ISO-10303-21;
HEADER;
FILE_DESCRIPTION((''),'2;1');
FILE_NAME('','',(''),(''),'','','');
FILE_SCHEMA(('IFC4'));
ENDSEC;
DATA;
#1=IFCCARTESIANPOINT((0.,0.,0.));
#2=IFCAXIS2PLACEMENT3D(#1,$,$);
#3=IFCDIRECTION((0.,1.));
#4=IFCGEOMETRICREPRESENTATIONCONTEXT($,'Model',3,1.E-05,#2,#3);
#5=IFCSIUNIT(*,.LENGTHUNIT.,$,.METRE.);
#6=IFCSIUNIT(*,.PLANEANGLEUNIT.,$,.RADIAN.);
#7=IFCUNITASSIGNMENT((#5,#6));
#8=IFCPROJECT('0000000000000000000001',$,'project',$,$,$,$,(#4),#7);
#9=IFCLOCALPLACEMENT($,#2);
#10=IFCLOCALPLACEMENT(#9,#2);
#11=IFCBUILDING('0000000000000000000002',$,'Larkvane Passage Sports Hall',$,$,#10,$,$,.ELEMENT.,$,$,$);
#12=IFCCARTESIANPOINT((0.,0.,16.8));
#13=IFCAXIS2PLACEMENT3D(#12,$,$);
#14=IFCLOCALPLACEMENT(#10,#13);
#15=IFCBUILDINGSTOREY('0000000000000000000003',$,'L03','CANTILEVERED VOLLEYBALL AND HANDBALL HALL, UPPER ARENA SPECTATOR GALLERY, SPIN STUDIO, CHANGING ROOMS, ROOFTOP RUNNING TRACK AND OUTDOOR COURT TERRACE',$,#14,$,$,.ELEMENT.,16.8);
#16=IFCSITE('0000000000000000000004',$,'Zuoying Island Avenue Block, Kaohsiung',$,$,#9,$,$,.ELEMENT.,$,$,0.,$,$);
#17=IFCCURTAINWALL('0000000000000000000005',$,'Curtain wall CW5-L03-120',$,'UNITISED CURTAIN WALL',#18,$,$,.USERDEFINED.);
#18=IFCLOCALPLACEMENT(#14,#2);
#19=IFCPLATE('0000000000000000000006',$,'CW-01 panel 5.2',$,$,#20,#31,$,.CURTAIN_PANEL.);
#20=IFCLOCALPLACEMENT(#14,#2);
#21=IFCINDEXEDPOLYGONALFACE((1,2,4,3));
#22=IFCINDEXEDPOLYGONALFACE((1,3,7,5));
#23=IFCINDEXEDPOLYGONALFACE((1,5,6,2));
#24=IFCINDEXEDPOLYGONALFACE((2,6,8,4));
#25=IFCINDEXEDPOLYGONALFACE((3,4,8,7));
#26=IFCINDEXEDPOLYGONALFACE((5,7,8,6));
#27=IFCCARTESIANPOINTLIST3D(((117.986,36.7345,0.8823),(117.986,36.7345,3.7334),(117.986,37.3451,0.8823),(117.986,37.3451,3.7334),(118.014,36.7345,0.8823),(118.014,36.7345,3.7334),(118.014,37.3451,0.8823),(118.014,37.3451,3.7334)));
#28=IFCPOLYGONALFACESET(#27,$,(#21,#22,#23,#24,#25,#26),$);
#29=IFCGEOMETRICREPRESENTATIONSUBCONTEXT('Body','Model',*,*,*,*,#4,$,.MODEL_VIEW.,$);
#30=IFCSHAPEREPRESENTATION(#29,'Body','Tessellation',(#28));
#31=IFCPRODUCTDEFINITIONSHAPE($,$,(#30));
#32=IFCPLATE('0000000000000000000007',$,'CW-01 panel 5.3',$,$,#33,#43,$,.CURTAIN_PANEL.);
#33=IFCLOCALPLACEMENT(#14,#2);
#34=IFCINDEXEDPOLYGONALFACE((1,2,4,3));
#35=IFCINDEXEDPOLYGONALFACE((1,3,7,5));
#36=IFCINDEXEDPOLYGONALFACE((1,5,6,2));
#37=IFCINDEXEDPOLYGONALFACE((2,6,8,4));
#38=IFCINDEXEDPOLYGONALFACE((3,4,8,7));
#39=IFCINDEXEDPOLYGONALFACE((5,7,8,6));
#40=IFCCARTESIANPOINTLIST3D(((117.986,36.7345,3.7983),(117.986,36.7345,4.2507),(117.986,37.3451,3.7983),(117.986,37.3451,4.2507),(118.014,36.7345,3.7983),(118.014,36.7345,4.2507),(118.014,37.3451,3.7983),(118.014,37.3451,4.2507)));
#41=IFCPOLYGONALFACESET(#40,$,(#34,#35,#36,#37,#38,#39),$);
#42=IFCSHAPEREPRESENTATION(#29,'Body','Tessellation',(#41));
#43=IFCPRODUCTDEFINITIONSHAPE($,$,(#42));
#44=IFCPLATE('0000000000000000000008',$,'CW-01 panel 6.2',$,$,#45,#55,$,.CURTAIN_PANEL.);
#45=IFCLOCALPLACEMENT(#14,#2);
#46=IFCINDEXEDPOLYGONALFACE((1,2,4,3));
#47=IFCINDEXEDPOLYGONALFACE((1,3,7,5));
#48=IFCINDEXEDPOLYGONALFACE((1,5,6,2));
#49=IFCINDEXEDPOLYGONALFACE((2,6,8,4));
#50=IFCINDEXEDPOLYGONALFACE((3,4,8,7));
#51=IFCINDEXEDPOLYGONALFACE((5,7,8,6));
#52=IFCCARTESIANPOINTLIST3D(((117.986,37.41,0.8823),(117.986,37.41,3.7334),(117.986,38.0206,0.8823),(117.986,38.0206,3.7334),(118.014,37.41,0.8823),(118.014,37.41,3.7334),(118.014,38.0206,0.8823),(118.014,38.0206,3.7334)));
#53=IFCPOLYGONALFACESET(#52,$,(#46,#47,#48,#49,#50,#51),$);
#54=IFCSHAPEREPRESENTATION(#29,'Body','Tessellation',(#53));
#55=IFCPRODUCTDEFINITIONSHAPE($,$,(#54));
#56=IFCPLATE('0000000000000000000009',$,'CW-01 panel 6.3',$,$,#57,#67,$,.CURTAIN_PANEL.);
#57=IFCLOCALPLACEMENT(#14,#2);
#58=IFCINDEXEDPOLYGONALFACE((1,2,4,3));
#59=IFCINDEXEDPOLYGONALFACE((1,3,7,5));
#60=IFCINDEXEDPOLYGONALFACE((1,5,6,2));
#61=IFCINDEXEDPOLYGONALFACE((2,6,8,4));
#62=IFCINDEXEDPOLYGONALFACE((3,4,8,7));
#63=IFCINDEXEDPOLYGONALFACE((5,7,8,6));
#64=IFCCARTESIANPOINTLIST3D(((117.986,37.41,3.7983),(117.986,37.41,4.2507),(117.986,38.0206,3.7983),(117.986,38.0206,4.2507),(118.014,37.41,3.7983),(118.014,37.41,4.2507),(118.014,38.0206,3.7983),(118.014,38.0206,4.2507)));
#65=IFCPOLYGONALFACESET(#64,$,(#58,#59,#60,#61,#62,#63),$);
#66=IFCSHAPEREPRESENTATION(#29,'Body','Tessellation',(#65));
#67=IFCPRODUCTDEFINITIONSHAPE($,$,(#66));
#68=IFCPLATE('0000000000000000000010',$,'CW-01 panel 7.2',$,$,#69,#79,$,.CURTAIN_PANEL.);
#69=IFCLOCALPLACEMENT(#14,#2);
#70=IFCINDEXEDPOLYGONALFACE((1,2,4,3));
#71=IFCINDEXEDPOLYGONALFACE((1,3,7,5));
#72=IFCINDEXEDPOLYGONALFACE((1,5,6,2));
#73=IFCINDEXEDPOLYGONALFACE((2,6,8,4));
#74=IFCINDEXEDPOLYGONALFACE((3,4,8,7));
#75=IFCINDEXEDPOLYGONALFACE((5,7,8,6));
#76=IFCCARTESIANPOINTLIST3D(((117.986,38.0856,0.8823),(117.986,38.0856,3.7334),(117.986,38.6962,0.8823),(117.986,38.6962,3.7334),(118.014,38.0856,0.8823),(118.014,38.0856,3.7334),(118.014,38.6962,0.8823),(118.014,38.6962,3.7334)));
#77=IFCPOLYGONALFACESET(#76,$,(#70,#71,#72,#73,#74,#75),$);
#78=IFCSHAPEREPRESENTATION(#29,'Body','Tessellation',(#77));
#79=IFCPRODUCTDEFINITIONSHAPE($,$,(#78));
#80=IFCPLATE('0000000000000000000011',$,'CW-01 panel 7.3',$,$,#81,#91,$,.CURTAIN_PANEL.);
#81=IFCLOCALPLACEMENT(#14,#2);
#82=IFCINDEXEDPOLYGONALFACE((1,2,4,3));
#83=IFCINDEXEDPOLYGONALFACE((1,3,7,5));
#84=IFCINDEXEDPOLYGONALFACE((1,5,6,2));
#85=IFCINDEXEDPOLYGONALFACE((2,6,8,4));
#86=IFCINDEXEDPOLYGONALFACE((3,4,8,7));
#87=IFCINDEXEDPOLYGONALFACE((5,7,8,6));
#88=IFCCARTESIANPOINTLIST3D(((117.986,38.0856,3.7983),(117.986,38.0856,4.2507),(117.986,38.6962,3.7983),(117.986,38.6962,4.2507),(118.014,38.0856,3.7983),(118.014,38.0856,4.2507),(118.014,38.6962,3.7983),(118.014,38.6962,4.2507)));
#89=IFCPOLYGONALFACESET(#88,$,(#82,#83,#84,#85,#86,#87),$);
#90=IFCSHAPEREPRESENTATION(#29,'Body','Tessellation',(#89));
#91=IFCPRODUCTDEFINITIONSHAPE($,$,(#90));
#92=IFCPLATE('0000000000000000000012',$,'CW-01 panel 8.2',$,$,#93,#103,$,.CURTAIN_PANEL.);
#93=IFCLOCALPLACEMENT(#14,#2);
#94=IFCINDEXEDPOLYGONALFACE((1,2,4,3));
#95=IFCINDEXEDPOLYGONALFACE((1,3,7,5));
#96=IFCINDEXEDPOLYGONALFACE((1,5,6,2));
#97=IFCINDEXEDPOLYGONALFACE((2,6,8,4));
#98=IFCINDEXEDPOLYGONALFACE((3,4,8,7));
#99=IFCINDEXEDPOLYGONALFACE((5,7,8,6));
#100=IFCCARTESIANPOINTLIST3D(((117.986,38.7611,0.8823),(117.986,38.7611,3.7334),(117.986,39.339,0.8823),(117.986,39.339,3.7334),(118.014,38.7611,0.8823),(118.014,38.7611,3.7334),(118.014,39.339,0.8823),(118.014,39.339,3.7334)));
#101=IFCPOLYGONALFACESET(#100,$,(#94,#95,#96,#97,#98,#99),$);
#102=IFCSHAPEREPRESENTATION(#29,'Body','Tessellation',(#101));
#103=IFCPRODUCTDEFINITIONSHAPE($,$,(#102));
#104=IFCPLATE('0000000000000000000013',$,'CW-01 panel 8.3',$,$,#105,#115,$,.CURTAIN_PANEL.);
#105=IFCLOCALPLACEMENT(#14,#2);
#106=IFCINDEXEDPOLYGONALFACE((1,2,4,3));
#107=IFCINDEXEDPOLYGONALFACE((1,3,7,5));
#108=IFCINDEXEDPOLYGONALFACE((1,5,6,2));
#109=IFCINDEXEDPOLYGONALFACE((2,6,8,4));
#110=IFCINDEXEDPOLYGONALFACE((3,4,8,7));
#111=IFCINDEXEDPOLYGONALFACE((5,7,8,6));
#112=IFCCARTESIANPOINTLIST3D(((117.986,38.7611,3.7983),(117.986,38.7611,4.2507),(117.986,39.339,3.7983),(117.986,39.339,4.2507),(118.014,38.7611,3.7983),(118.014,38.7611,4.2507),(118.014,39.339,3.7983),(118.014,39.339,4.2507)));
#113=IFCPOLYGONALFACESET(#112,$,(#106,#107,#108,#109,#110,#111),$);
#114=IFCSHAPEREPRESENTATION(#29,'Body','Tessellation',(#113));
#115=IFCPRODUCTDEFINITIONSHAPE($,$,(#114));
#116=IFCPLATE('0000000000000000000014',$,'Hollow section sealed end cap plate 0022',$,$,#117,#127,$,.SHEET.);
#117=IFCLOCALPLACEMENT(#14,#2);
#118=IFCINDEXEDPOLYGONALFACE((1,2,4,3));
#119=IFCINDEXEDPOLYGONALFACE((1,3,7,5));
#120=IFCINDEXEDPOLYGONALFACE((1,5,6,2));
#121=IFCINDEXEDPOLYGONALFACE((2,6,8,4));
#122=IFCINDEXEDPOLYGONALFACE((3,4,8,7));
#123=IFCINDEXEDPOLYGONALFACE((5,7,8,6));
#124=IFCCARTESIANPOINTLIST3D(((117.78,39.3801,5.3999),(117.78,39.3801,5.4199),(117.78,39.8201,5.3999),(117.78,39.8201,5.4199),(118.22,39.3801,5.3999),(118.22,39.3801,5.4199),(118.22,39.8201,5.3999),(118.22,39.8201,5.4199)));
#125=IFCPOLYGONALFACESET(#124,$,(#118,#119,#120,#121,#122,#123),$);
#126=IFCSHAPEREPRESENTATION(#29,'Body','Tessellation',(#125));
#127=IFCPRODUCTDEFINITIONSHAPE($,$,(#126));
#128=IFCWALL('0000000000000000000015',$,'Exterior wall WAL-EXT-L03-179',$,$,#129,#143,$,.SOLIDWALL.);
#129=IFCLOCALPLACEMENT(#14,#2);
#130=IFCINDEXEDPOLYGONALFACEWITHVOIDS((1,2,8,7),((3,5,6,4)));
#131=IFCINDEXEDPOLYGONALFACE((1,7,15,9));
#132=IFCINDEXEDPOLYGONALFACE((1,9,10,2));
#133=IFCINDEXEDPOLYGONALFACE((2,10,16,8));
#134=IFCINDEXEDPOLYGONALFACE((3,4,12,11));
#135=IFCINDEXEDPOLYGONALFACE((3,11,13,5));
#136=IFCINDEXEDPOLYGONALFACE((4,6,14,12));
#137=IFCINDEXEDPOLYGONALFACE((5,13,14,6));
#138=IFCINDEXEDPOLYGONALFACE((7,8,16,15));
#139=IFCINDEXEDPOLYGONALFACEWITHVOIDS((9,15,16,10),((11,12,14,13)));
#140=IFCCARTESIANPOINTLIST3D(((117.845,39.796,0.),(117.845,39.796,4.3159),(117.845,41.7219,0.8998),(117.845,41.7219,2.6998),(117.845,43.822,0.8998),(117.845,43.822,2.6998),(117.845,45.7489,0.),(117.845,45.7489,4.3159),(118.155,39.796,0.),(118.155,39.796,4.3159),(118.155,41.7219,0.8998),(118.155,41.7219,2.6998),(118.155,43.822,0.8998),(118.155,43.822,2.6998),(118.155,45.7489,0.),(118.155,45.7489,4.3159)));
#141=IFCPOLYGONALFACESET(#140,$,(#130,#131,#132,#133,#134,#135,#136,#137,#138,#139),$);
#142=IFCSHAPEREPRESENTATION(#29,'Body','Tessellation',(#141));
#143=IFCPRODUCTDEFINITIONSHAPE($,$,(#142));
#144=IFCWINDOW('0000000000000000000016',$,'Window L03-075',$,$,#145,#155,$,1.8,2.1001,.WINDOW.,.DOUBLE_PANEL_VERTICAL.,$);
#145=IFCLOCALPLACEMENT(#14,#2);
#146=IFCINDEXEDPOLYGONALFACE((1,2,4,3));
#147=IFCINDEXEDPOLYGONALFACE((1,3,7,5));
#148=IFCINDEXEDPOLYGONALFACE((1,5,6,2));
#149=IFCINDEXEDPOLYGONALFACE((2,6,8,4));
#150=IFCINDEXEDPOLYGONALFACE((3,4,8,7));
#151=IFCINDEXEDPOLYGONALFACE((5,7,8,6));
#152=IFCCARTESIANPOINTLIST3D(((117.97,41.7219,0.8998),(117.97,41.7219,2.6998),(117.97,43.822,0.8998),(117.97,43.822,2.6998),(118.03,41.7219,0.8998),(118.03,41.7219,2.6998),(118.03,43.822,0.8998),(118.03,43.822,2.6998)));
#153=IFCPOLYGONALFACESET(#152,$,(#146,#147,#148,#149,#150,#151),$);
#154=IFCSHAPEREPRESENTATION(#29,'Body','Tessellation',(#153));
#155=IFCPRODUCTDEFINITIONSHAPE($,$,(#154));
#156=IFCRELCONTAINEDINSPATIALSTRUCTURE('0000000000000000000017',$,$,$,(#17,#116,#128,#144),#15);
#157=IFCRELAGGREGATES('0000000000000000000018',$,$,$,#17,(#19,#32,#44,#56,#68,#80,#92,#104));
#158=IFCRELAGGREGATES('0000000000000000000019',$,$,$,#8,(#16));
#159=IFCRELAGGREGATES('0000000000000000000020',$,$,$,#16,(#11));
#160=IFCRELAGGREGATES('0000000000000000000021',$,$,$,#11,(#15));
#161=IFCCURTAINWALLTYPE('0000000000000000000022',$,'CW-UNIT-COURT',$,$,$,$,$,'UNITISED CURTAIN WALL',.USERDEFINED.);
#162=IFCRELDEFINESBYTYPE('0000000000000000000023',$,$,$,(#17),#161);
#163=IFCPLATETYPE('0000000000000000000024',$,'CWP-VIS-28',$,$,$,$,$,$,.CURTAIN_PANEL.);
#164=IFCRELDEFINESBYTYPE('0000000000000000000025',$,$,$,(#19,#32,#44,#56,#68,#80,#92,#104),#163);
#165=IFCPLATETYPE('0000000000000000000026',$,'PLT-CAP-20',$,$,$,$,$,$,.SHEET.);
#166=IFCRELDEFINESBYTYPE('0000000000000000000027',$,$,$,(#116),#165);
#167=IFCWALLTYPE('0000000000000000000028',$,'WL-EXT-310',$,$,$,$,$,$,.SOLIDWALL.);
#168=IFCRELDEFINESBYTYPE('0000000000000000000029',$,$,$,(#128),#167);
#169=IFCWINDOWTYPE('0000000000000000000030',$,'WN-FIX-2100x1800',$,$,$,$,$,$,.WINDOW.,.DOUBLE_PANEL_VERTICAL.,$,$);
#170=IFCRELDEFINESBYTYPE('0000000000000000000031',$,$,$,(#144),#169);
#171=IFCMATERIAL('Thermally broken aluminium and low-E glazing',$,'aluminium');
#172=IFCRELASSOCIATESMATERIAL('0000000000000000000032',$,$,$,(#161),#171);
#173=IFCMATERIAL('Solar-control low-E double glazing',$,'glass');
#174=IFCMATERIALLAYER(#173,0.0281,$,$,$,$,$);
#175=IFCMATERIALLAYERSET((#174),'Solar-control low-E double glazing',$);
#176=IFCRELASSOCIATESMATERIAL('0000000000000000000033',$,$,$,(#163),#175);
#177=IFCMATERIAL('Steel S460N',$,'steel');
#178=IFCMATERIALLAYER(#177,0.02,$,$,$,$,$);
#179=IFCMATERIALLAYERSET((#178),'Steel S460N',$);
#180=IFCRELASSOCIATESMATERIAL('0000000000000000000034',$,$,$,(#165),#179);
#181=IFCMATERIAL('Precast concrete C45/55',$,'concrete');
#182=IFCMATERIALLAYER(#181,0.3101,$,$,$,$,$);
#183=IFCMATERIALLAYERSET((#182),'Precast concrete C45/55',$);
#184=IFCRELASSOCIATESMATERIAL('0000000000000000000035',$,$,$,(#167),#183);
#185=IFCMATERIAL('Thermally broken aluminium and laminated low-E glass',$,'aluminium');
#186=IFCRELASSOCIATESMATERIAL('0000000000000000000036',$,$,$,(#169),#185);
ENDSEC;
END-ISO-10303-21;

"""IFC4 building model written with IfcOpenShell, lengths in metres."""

from ifc_helpers import new_model, si_unit, direction, frame, frame_2d, origin, origin_2d, place, context, subcontext, project, spatial, rectangle, extrude, material, layer, layer_set, type_object, element, fill, aggregate, save


model = new_model("IFC4")

# Units and contexts
model_context = context("Model", 3, precision=1e-05, world=origin(), true_north=direction((0.0, 1.0)))
body_context = subcontext(model_context, "Body", "Model", "MODEL_VIEW")
ifc_project = project(units=[si_unit("LENGTHUNIT", "METRE"), si_unit("PLANEANGLEUNIT", "RADIAN")], contexts=[model_context])

# Site, building, storey
site_placement = place(None, origin())
site = spatial("IfcSite", under=ifc_project, at=site_placement, Name="Zuoying Island Avenue Block, Kaohsiung", CompositionType="ELEMENT", RefElevation=0.0)
building_placement = place(site_placement, origin())
building = spatial("IfcBuilding", under=site, at=building_placement, Name="Larkvane Passage Sports Hall", CompositionType="ELEMENT")
storey_placement = place(building_placement, frame((0.0, 0.0, 16.8)))
storey = spatial("IfcBuildingStorey", under=building, at=storey_placement, Name="L03", Description="CANTILEVERED VOLLEYBALL AND HANDBALL HALL, UPPER ARENA SPECTATOR GALLERY, SPIN STUDIO, CHANGING ROOMS, ROOFTOP RUNNING TRACK AND OUTDOOR COURT TERRACE", CompositionType="ELEMENT", Elevation=16.8)

# Shared definitions
ifc_material_1 = material(Name="Steel S460N", Category="steel")

# Curtain wall
ifc_material_2 = material(Name="Thermally broken aluminium and low-E glazing", Category="aluminium")
curtain_wall_type_1 = type_object("IfcCurtainWallType", Name="CW-UNIT-COURT", ElementType="UNITISED CURTAIN WALL", PredefinedType="USERDEFINED", material=ifc_material_2)
curtain_wall_1_placement = place(storey_placement, origin())
curtain_wall_1 = element("IfcCurtainWall", 1, at=curtain_wall_1_placement, inside=storey, type_object=curtain_wall_type_1, Name="Curtain wall CW5-L03-120", ObjectType="UNITISED CURTAIN WALL", PredefinedType="USERDEFINED")

# Plates
ifc_material_3 = material(Name="Solar-control low-E double glazing", Category="glass")
ifc_layer_1 = layer(ifc_material_3, 0.0281)
ifc_layer_set_1 = layer_set([ifc_layer_1], Name="Solar-control low-E double glazing")
plate_type_1 = type_object("IfcPlateType", Name="CWP-VIS-28", PredefinedType="CURTAIN_PANEL", material=ifc_layer_set_1)
plate_1_placement = place(storey_placement, frame((118.0, 37.0398, 0.8823), z_axis=(0.0, 0.0, 1.0), x_axis=(0.0, 1.0, 0.0)))
plate_1 = element("IfcPlate", 2, at=plate_1_placement, type_object=plate_type_1, Name="CW-01 panel 5.2", PredefinedType="CURTAIN_PANEL", context=body_context, shape_type="SweptSolid", body=[
    extrude(rectangle(XDim=0.6106, YDim=0.0281, at=origin_2d()), origin(), (0.0, 0.0, 1.0), 2.8511),
])
plate_2_placement = place(storey_placement, frame((118.0, 37.0398, 3.7983), z_axis=(0.0, 0.0, 1.0), x_axis=(0.0, 1.0, 0.0)))
plate_2 = element("IfcPlate", 3, at=plate_2_placement, type_object=plate_type_1, Name="CW-01 panel 5.3", PredefinedType="CURTAIN_PANEL", context=body_context, shape_type="SweptSolid", body=[
    extrude(rectangle(XDim=0.6106, YDim=0.0281, at=origin_2d()), origin(), (0.0, 0.0, 1.0), 0.4524),
])
plate_3_placement = place(storey_placement, frame((118.0, 37.7153, 0.8823), z_axis=(0.0, 0.0, 1.0), x_axis=(0.0, 1.0, 0.0)))
plate_3 = element("IfcPlate", 4, at=plate_3_placement, type_object=plate_type_1, Name="CW-01 panel 6.2", PredefinedType="CURTAIN_PANEL", context=body_context, shape_type="SweptSolid", body=[
    extrude(rectangle(XDim=0.6106, YDim=0.0281, at=origin_2d()), origin(), (0.0, 0.0, 1.0), 2.8511),
])
plate_4_placement = place(storey_placement, frame((118.0, 37.7153, 3.7983), z_axis=(0.0, 0.0, 1.0), x_axis=(0.0, 1.0, 0.0)))
plate_4 = element("IfcPlate", 5, at=plate_4_placement, type_object=plate_type_1, Name="CW-01 panel 6.3", PredefinedType="CURTAIN_PANEL", context=body_context, shape_type="SweptSolid", body=[
    extrude(rectangle(XDim=0.6106, YDim=0.0281, at=origin_2d()), origin(), (0.0, 0.0, 1.0), 0.4524),
])
plate_5_placement = place(storey_placement, frame((118.0, 38.3909, 0.8823), z_axis=(0.0, 0.0, 1.0), x_axis=(0.0, 1.0, 0.0)))
plate_5 = element("IfcPlate", 6, at=plate_5_placement, type_object=plate_type_1, Name="CW-01 panel 7.2", PredefinedType="CURTAIN_PANEL", context=body_context, shape_type="SweptSolid", body=[
    extrude(rectangle(XDim=0.6106, YDim=0.0281, at=origin_2d()), origin(), (0.0, 0.0, 1.0), 2.8511),
])
plate_6_placement = place(storey_placement, frame((118.0, 38.3909, 3.7983), z_axis=(0.0, 0.0, 1.0), x_axis=(0.0, 1.0, 0.0)))
plate_6 = element("IfcPlate", 7, at=plate_6_placement, type_object=plate_type_1, Name="CW-01 panel 7.3", PredefinedType="CURTAIN_PANEL", context=body_context, shape_type="SweptSolid", body=[
    extrude(rectangle(XDim=0.6106, YDim=0.0281, at=origin_2d()), origin(), (0.0, 0.0, 1.0), 0.4524),
])
plate_7_placement = place(storey_placement, frame((118.0, 39.05, 0.8823), z_axis=(0.0, 0.0, 1.0), x_axis=(0.0, 1.0, 0.0)))
plate_7 = element("IfcPlate", 8, at=plate_7_placement, type_object=plate_type_1, Name="CW-01 panel 8.2", PredefinedType="CURTAIN_PANEL", context=body_context, shape_type="SweptSolid", body=[
    extrude(rectangle(XDim=0.5779, YDim=0.0281, at=origin_2d()), origin(), (0.0, 0.0, 1.0), 2.8511),
])
plate_8_placement = place(storey_placement, frame((118.0, 39.05, 3.7983), z_axis=(0.0, 0.0, 1.0), x_axis=(0.0, 1.0, 0.0)))
plate_8 = element("IfcPlate", 9, at=plate_8_placement, type_object=plate_type_1, Name="CW-01 panel 8.3", PredefinedType="CURTAIN_PANEL", context=body_context, shape_type="SweptSolid", body=[
    extrude(rectangle(XDim=0.5779, YDim=0.0281, at=origin_2d()), origin(), (0.0, 0.0, 1.0), 0.4524),
])
aggregate(curtain_wall_1, [plate_1, plate_2, plate_3, plate_4, plate_5, plate_6, plate_7, plate_8])
ifc_layer_2 = layer(ifc_material_1, 0.02)
ifc_layer_set_2 = layer_set([ifc_layer_2], Name="Steel S460N")
plate_type_2 = type_object("IfcPlateType", Name="PLT-CAP-20", PredefinedType="SHEET", material=ifc_layer_set_2)
plate_9_placement = place(storey_placement, frame((118.0, 39.6001, 5.3999), z_axis=(0.0, 0.0, 1.0), x_axis=(1.0, 0.0, 0.0)))
element("IfcPlate", 10, at=plate_9_placement, inside=storey, type_object=plate_type_2, Name="Hollow section sealed end cap plate 0022", PredefinedType="SHEET", context=body_context, shape_type="SweptSolid", body=[
    extrude(rectangle(XDim=0.4399, YDim=0.4399, at=origin_2d()), origin(), (0.0, 0.0, 1.0), 0.02),
])

# Wall, opening, window
ifc_material_4 = material(Name="Precast concrete C45/55", Category="concrete")
ifc_layer_3 = layer(ifc_material_4, 0.3101)
ifc_layer_set_3 = layer_set([ifc_layer_3], Name="Precast concrete C45/55")
wall_type = type_object("IfcWallType", Name="WL-EXT-310", PredefinedType="SOLIDWALL", material=ifc_layer_set_3)
wall_placement = place(storey_placement, frame((118.0, 39.7959, 0.0), z_axis=(0.0, 0.0, 1.0), x_axis=(0.0, 1.0, 0.0)))
wall = element("IfcWall", 11, at=wall_placement, inside=storey, type_object=wall_type, Name="Exterior wall WAL-EXT-L03-179", PredefinedType="SOLIDWALL", context=body_context, shape_type="SweptSolid", body=[
    extrude(rectangle(XDim=5.9529, YDim=0.3101, at=frame_2d((2.9766, 0.0))), origin(), (0.0, 0.0, 1.0), 4.3159),
])
opening_placement = place(wall_placement, frame((1.926, 0.0, 0.8999)))
opening = element("IfcOpeningElement", 12, at=opening_placement, cuts=wall, PredefinedType="OPENING", context=body_context, shape_type="SweptSolid", body=[
    extrude(rectangle(XDim=2.1001, YDim=1.8, at=frame_2d((1.05, 0.8999))), frame((0.0, 0.165, 0.0), z_axis=(0.0, -1.0, 0.0), x_axis=(1.0, 0.0, 0.0)), (0.0, 0.0, 1.0), 0.3301),
])
ifc_material_5 = material(Name="Thermally broken aluminium and laminated low-E glass", Category="aluminium")
window_type = type_object("IfcWindowType", Name="WN-FIX-2100x1800", PartitioningType="DOUBLE_PANEL_VERTICAL", PredefinedType="WINDOW", material=ifc_material_5)
window_placement = place(opening_placement, origin())
window = element("IfcWindow", 13, at=window_placement, inside=storey, type_object=window_type, Name="Window L03-075", OverallHeight=1.8, OverallWidth=2.1001, PartitioningType="DOUBLE_PANEL_VERTICAL", PredefinedType="WINDOW", context=body_context, shape_type="SweptSolid", body=[
    extrude(rectangle(XDim=2.1001, YDim=1.8, at=frame_2d((1.05, 0.8999))), frame((0.0, 0.03, 0.0), z_axis=(0.0, -1.0, 0.0), x_axis=(1.0, 0.0, 0.0)), (0.0, 0.0, 1.0), 0.0601),
])
fill(opening, window)

save(model, "model.ifc")
